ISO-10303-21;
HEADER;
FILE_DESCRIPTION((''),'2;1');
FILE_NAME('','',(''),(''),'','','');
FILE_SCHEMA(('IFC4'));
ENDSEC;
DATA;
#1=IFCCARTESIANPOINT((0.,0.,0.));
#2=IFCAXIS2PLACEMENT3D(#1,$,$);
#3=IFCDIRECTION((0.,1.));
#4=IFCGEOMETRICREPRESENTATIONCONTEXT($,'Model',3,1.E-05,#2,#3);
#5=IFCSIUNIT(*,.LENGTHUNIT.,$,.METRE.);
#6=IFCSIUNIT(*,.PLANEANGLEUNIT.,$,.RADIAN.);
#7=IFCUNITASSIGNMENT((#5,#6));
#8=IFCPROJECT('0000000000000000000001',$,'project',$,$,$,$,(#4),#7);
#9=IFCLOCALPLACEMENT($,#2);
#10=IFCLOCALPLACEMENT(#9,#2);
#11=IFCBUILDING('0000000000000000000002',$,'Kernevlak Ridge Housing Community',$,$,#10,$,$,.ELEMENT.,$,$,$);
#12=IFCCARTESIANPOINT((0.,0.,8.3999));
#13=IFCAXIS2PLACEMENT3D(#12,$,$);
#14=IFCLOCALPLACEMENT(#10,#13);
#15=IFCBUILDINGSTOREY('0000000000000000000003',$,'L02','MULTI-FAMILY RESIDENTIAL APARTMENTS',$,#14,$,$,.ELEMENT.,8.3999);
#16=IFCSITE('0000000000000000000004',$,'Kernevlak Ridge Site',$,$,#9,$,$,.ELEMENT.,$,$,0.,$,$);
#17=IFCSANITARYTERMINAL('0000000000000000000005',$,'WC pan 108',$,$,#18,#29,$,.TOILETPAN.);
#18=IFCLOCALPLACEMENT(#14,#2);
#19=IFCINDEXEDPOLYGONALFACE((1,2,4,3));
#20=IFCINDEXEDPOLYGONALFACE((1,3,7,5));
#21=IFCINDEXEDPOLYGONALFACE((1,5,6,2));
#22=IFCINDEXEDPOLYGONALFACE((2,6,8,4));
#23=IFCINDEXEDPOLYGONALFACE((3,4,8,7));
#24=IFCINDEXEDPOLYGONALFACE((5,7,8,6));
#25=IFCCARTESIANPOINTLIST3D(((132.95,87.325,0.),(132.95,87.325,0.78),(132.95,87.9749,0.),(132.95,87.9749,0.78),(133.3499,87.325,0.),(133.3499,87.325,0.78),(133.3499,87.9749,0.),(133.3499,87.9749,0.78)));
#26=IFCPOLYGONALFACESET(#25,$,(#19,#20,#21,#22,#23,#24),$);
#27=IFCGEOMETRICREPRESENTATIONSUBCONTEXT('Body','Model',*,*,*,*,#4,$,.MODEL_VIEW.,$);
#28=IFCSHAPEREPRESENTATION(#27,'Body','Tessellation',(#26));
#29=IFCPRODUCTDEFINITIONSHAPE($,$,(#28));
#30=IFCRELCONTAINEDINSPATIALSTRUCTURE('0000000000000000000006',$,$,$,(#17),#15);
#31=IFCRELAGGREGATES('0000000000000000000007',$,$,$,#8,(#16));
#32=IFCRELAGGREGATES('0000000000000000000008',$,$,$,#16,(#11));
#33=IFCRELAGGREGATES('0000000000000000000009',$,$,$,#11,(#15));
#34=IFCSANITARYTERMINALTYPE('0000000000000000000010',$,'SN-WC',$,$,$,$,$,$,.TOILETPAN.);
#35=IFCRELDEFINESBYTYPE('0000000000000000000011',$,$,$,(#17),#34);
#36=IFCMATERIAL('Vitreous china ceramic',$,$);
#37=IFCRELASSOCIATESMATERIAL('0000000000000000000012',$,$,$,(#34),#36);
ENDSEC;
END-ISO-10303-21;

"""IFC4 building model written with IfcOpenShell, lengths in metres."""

from ifc_helpers import new_model, si_unit, direction, frame, origin, origin_2d, place, context, subcontext, project, spatial, rectangle, extrude, material, type_object, element, save


model = new_model("IFC4")

# Units and contexts
model_context = context("Model", 3, precision=1e-05, world=origin(), true_north=direction((0.0, 1.0)))
body_context = subcontext(model_context, "Body", "Model", "MODEL_VIEW")
ifc_project = project(units=[si_unit("LENGTHUNIT", "METRE"), si_unit("PLANEANGLEUNIT", "RADIAN")], contexts=[model_context])

# Site, building, storey
site_placement = place(None, origin())
site = spatial("IfcSite", under=ifc_project, at=site_placement, Name="Kernevlak Ridge Site", CompositionType="ELEMENT", RefElevation=0.0)
building_placement = place(site_placement, origin())
building = spatial("IfcBuilding", under=site, at=building_placement, Name="Kernevlak Ridge Housing Community", CompositionType="ELEMENT")
storey_placement = place(building_placement, frame((0.0, 0.0, 8.3999)))
storey = spatial("IfcBuildingStorey", under=building, at=storey_placement, Name="L02", Description="MULTI-FAMILY RESIDENTIAL APARTMENTS", CompositionType="ELEMENT", Elevation=8.3999)

# Sanitary terminal
ifc_material_1 = material(Name="Vitreous china ceramic")
sanitary_terminal_type_1 = type_object("IfcSanitaryTerminalType", Name="SN-WC", PredefinedType="TOILETPAN", material=ifc_material_1)
sanitary_terminal_1_placement = place(storey_placement, frame((133.1499, 87.6499, 0.0), z_axis=(0.0, 0.0, 1.0), x_axis=(1.0, 0.0, 0.0)))
element("IfcSanitaryTerminal", 1, at=sanitary_terminal_1_placement, inside=storey, type_object=sanitary_terminal_type_1, Name="WC pan 108", PredefinedType="TOILETPAN", context=body_context, shape_type="SweptSolid", body=[
    extrude(rectangle(XDim=0.3999, YDim=0.6499, at=origin_2d()), origin(), (0.0, 0.0, 1.0), 0.78),
])

save(model, "model.ifc")
